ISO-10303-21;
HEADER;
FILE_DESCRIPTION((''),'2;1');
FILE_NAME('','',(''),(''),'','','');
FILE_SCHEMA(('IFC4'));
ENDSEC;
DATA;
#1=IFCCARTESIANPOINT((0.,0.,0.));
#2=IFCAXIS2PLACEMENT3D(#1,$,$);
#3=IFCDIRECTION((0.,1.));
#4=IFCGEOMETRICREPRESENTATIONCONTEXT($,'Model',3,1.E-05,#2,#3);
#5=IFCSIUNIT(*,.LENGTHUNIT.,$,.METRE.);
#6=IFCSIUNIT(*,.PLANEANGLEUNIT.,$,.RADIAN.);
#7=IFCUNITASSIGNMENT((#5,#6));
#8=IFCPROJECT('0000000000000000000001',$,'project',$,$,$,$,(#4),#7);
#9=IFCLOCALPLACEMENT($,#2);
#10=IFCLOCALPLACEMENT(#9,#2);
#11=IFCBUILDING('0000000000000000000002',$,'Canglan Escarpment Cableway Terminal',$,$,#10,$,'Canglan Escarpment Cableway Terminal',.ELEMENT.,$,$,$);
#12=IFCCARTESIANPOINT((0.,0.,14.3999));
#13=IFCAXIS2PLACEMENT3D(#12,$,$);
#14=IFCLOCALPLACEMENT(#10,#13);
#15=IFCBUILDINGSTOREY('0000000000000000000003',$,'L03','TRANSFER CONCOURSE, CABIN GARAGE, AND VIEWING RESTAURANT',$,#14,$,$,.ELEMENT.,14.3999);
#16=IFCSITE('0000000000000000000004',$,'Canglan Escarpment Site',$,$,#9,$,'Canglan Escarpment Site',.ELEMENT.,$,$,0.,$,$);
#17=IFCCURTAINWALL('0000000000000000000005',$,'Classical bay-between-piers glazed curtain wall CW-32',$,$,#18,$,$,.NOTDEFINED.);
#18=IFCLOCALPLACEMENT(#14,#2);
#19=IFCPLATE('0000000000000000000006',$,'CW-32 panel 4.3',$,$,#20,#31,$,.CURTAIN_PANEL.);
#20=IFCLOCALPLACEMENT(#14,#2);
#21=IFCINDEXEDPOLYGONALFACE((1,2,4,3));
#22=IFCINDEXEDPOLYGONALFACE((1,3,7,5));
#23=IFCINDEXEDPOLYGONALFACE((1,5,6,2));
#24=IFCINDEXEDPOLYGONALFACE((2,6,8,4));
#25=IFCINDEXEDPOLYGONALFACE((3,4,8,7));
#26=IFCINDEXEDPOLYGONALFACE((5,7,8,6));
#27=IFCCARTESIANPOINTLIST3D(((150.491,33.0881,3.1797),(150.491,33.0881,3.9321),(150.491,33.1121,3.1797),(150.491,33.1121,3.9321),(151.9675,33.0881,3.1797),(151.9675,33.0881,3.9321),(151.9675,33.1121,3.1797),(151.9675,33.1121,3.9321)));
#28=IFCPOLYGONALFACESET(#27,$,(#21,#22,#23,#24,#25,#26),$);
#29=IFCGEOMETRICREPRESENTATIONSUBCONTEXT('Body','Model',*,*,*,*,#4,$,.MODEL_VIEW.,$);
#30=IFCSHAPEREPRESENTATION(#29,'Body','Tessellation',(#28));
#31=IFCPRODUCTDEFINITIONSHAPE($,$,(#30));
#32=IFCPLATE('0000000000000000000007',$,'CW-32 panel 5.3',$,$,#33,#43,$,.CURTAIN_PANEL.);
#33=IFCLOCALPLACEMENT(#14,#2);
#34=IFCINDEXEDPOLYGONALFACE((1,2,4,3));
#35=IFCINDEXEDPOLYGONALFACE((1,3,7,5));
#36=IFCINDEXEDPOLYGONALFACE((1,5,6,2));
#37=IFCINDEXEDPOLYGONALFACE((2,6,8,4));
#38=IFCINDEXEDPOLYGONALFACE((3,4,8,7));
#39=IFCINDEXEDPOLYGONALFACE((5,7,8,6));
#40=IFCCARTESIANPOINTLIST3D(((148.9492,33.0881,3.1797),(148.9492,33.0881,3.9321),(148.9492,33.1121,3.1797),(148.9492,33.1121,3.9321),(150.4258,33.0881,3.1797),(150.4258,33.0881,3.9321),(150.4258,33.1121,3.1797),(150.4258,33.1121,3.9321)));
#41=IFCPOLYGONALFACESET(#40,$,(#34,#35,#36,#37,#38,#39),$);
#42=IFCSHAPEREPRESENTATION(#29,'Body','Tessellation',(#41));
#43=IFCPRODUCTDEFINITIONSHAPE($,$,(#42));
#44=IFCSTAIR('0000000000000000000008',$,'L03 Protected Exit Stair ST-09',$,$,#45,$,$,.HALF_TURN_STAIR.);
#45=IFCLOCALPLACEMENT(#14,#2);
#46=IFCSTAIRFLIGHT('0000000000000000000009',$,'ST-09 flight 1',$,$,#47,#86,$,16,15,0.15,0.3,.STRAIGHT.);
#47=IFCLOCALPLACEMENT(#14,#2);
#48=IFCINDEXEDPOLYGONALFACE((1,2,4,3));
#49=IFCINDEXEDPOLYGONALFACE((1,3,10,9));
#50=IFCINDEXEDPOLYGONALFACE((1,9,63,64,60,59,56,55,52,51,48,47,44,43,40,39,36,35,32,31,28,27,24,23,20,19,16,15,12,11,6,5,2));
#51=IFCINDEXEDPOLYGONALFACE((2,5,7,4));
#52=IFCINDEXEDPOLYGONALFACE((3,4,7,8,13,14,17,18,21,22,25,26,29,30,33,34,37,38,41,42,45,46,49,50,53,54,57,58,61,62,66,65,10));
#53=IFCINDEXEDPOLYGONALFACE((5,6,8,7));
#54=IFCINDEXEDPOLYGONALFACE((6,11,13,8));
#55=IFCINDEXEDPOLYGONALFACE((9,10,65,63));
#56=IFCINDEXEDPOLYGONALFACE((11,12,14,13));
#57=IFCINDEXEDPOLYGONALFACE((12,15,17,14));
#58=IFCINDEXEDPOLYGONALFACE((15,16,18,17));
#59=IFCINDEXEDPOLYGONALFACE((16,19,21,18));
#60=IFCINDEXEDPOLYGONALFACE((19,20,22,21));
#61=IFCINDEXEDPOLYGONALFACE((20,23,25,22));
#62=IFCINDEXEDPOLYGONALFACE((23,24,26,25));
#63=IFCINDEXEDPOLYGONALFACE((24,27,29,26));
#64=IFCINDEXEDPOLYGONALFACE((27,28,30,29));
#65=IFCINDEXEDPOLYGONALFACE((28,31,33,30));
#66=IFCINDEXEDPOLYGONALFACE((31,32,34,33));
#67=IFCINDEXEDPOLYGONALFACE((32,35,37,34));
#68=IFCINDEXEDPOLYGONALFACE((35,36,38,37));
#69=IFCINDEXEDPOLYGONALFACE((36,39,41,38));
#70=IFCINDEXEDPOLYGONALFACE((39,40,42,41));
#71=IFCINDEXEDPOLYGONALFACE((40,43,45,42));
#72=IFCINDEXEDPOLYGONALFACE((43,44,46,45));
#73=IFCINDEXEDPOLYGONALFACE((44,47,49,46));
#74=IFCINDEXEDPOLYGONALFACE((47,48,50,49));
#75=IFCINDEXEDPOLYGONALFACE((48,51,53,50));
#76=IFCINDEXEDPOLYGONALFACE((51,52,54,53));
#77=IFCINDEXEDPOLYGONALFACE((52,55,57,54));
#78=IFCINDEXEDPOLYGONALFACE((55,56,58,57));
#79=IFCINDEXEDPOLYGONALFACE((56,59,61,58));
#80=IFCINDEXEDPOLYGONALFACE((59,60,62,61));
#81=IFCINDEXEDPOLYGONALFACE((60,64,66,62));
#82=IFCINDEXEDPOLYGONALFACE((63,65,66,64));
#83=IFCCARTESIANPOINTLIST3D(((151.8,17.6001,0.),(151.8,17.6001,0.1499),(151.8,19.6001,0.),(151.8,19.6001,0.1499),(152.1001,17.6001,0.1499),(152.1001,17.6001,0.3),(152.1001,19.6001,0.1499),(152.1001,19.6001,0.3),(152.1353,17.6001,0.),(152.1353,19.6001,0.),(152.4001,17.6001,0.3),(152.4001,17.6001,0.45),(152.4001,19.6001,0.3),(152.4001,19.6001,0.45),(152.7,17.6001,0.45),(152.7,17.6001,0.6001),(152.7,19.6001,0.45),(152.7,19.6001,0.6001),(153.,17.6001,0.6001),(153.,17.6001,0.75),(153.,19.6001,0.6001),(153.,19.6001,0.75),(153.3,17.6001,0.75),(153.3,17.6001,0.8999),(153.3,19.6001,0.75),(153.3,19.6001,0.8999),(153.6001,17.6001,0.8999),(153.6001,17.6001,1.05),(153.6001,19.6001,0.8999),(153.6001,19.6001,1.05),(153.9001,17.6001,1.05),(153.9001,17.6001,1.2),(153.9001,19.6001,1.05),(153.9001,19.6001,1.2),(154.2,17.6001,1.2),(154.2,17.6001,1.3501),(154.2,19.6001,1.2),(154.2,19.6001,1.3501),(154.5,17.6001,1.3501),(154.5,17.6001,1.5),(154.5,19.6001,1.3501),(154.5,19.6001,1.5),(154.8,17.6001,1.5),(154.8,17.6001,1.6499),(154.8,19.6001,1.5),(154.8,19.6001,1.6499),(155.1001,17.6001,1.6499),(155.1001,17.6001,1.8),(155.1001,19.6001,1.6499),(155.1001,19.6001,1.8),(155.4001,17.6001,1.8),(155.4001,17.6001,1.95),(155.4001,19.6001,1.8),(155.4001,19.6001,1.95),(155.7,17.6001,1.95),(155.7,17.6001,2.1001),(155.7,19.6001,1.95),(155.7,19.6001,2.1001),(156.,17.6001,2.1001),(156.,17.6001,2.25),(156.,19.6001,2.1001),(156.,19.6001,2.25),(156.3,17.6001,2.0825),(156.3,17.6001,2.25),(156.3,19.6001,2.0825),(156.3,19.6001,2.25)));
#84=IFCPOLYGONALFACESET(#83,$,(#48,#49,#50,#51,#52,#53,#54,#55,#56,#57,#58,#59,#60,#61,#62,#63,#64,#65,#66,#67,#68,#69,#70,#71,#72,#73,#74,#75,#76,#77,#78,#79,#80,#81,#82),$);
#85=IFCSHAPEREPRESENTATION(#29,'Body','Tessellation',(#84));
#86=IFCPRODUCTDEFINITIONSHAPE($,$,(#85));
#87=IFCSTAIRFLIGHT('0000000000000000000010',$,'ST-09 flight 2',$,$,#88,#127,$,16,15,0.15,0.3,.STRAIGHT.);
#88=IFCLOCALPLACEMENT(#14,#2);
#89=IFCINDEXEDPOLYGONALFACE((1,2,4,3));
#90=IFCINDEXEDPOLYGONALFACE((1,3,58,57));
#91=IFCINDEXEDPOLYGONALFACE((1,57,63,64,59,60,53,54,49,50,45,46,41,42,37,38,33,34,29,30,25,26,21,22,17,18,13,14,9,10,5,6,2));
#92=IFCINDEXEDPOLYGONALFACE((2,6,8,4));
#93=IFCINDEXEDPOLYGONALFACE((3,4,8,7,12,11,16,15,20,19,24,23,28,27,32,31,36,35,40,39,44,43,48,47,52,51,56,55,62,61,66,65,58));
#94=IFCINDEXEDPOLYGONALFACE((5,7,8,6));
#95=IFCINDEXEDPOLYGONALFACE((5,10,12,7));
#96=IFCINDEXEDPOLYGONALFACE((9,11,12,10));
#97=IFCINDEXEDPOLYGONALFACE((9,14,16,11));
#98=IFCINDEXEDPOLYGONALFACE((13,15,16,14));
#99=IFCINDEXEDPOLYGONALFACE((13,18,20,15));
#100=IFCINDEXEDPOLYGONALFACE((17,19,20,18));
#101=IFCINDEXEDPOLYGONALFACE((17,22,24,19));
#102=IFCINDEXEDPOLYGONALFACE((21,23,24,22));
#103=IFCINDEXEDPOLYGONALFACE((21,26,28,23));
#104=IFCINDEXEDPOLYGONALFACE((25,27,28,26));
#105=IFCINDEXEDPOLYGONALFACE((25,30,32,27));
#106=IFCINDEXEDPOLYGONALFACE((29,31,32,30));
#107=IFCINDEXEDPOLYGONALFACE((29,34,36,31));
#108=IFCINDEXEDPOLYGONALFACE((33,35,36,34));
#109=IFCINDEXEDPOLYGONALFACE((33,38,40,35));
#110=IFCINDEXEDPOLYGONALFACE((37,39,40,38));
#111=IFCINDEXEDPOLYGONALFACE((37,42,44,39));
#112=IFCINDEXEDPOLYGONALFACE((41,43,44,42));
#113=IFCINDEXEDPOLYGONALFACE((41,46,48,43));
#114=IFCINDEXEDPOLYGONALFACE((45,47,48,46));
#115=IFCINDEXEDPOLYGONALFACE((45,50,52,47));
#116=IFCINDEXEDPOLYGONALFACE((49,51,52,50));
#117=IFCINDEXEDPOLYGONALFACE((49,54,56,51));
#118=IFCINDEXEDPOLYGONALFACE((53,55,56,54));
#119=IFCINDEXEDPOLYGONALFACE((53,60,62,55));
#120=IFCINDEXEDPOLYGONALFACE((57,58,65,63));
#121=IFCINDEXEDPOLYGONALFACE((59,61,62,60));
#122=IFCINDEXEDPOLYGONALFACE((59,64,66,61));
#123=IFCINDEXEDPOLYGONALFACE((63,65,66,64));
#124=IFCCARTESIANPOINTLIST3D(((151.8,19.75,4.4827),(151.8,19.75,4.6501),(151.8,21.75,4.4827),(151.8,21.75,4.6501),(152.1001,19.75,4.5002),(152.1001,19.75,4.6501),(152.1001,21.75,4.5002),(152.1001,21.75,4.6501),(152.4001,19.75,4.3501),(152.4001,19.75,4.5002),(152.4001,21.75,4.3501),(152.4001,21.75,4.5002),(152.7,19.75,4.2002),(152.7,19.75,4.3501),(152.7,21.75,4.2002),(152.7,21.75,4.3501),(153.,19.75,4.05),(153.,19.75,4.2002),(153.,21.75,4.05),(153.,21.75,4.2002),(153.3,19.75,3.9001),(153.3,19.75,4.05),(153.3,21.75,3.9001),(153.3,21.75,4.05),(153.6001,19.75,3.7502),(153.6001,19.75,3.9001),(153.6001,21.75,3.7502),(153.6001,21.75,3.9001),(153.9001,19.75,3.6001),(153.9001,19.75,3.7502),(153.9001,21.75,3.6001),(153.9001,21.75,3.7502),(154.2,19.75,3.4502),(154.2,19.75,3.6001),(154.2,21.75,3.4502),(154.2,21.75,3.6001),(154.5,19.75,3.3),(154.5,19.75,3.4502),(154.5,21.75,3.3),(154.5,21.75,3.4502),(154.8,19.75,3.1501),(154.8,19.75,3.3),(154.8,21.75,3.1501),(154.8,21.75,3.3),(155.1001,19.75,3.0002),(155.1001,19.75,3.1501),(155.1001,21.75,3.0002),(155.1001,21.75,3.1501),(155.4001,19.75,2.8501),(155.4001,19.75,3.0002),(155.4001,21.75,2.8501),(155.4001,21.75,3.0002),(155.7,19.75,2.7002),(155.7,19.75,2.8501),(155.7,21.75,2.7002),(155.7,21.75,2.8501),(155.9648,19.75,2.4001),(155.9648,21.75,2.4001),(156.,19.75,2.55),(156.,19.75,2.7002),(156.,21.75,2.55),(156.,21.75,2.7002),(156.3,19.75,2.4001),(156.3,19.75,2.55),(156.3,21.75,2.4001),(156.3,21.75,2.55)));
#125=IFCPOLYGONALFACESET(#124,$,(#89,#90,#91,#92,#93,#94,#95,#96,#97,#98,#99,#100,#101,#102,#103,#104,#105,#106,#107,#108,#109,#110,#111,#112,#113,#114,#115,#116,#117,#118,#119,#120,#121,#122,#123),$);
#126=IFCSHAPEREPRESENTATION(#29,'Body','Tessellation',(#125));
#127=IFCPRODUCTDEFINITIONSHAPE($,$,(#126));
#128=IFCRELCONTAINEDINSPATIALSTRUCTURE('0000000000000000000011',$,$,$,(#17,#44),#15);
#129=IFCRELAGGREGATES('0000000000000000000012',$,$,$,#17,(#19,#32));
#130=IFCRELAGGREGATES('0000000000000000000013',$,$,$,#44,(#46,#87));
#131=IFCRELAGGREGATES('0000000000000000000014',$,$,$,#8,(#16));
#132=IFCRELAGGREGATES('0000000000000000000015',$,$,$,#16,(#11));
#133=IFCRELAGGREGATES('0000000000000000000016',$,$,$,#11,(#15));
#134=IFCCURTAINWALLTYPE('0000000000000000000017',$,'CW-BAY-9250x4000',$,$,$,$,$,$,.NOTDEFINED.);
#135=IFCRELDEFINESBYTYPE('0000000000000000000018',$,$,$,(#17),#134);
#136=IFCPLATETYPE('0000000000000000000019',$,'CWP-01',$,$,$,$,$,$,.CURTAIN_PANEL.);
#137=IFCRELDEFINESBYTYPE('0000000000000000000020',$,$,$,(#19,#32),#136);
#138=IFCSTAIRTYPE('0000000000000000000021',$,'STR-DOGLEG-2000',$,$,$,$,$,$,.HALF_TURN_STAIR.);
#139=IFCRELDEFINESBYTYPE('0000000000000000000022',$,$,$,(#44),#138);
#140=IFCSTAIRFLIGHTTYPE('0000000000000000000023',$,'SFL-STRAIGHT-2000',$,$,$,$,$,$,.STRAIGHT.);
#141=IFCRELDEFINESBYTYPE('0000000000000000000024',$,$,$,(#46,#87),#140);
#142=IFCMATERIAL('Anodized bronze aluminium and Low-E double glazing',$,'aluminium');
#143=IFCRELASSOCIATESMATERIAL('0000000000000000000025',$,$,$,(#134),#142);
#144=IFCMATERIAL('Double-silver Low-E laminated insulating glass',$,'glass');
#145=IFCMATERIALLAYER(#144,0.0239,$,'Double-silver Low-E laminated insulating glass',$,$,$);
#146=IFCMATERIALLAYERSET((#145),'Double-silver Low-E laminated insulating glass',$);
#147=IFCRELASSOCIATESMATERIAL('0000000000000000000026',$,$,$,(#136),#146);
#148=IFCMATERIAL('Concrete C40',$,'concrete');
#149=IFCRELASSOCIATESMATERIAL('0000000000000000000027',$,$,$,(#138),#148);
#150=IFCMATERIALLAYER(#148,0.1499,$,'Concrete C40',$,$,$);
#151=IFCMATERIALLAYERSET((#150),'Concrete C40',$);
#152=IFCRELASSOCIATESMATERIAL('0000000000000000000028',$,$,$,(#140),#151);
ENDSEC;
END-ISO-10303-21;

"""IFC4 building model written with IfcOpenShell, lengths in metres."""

from ifc_helpers import new_model, si_unit, direction, frame, origin, origin_2d, place, context, subcontext, project, spatial, polyline, rectangle, outline, extrude, material, layer, layer_set, type_object, element, aggregate, save


model = new_model("IFC4")

# Units and contexts
model_context = context("Model", 3, precision=1e-05, world=origin(), true_north=direction((0.0, 1.0)))
body_context = subcontext(model_context, "Body", "Model", "MODEL_VIEW")
ifc_project = project(units=[si_unit("LENGTHUNIT", "METRE"), si_unit("PLANEANGLEUNIT", "RADIAN")], contexts=[model_context])

# Site, building, storey
site_placement = place(None, origin())
site = spatial("IfcSite", under=ifc_project, at=site_placement, Name="Canglan Escarpment Site", LongName="Canglan Escarpment Site", CompositionType="ELEMENT", RefElevation=0.0)
building_placement = place(site_placement, origin())
building = spatial("IfcBuilding", under=site, at=building_placement, Name="Canglan Escarpment Cableway Terminal", LongName="Canglan Escarpment Cableway Terminal", CompositionType="ELEMENT")
storey_placement = place(building_placement, frame((0.0, 0.0, 14.3999)))
storey = spatial("IfcBuildingStorey", under=building, at=storey_placement, Name="L03", Description="TRANSFER CONCOURSE, CABIN GARAGE, AND VIEWING RESTAURANT", CompositionType="ELEMENT", Elevation=14.3999)

# Curtain wall, plates
ifc_material_1 = material(Name="Anodized bronze aluminium and Low-E double glazing", Category="aluminium")
curtain_wall_type = type_object("IfcCurtainWallType", Name="CW-BAY-9250x4000", PredefinedType="NOTDEFINED", material=ifc_material_1)
curtain_wall_placement = place(storey_placement, origin())
curtain_wall = element("IfcCurtainWall", 1, at=curtain_wall_placement, inside=storey, type_object=curtain_wall_type, Name="Classical bay-between-piers glazed curtain wall CW-32", PredefinedType="NOTDEFINED")
ifc_material_2 = material(Name="Double-silver Low-E laminated insulating glass", Category="glass")
ifc_layer_1 = layer(ifc_material_2, 0.0239, Name="Double-silver Low-E laminated insulating glass")
ifc_layer_set_1 = layer_set([ifc_layer_1], Name="Double-silver Low-E laminated insulating glass")
plate_type = type_object("IfcPlateType", Name="CWP-01", PredefinedType="CURTAIN_PANEL", material=ifc_layer_set_1)
plate_1_placement = place(storey_placement, frame((151.2292, 33.1001, 3.1797), z_axis=(0.0, 0.0, 1.0), x_axis=(-1.0, 0.0, 0.0)))
plate_1 = element("IfcPlate", 2, at=plate_1_placement, type_object=plate_type, Name="CW-32 panel 4.3", PredefinedType="CURTAIN_PANEL", context=body_context, shape_type="SweptSolid", body=[
    extrude(rectangle(XDim=1.4766, YDim=0.0239, at=origin_2d()), origin(), (0.0, 0.0, 1.0), 0.7524),
])
plate_2_placement = place(storey_placement, frame((149.6875, 33.1001, 3.1797), z_axis=(0.0, 0.0, 1.0), x_axis=(-1.0, 0.0, 0.0)))
plate_2 = element("IfcPlate", 3, at=plate_2_placement, type_object=plate_type, Name="CW-32 panel 5.3", PredefinedType="CURTAIN_PANEL", context=body_context, shape_type="SweptSolid", body=[
    extrude(rectangle(XDim=1.4766, YDim=0.0239, at=origin_2d()), origin(), (0.0, 0.0, 1.0), 0.7524),
])
aggregate(curtain_wall, [plate_1, plate_2])

# Stair, stair flights
ifc_material_3 = material(Name="Concrete C40", Category="concrete")
stair_type = type_object("IfcStairType", Name="STR-DOGLEG-2000", PredefinedType="HALF_TURN_STAIR", material=ifc_material_3)
stair_placement = place(storey_placement, origin())
stair = element("IfcStair", 4, at=stair_placement, inside=storey, type_object=stair_type, Name="L03 Protected Exit Stair ST-09", PredefinedType="HALF_TURN_STAIR")
ifc_layer_2 = layer(ifc_material_3, 0.1499, Name="Concrete C40")
ifc_layer_set_2 = layer_set([ifc_layer_2], Name="Concrete C40")
stair_flight_type = type_object("IfcStairFlightType", Name="SFL-STRAIGHT-2000", PredefinedType="STRAIGHT", material=ifc_layer_set_2)
stair_flight_1_placement = place(storey_placement, frame((151.8, 18.6001, 0.0), z_axis=(0.0, 0.0, 1.0), x_axis=(1.0, 0.0, 0.0)))
stair_flight_1 = element("IfcStairFlight", 5, at=stair_flight_1_placement, type_object=stair_flight_type, Name="ST-09 flight 1", NumberOfRisers=16, NumberOfTreads=15, PredefinedType="STRAIGHT", RiserHeight=0.15, TreadLength=0.3, context=body_context, shape_type="SweptSolid", body=[
    extrude(outline(polyline([(0.0, 0.0), (0.0, 0.1499), (0.3, 0.1499), (0.3, 0.3), (0.6001, 0.3), (0.6001, 0.45), (0.8999, 0.45), (0.8999, 0.6001), (1.2, 0.6001), (1.2, 0.75), (1.5, 0.75), (1.5, 0.8999), (1.8, 0.8999), (1.8, 1.05), (2.1001, 1.05), (2.1001, 1.2), (2.3999, 1.2), (2.3999, 1.3501), (2.7, 1.3501), (2.7, 1.5), (3.0, 1.5), (3.0, 1.6499), (3.3, 1.6499), (3.3, 1.8), (3.6001, 1.8), (3.6001, 1.95), (3.8999, 1.95), (3.8999, 2.1001), (4.2, 2.1001), (4.2, 2.25), (4.5, 2.25), (4.5, 2.3999), (4.5, 2.0825), (0.3352, 0.0), (0.0, 0.0)])), frame((0.0, 1.0, 0.0), z_axis=(0.0, -1.0, 0.0), x_axis=(1.0, 0.0, 0.0)), (0.0, 0.0, 1.0), 2.0),
])
stair_flight_2_placement = place(storey_placement, frame((156.3, 20.75, 2.4001), z_axis=(0.0, 0.0, 1.0), x_axis=(-1.0, 0.0, 0.0)))
stair_flight_2 = element("IfcStairFlight", 6, at=stair_flight_2_placement, type_object=stair_flight_type, Name="ST-09 flight 2", NumberOfRisers=16, NumberOfTreads=15, PredefinedType="STRAIGHT", RiserHeight=0.15, TreadLength=0.3, context=body_context, shape_type="SweptSolid", body=[
    extrude(outline(polyline([(0.0, 0.0), (0.0, 0.1499), (0.3, 0.1499), (0.3, 0.3), (0.6001, 0.3), (0.6001, 0.45), (0.8999, 0.45), (0.8999, 0.6001), (1.2, 0.6001), (1.2, 0.75), (1.5, 0.75), (1.5, 0.8999), (1.8, 0.8999), (1.8, 1.05), (2.1001, 1.05), (2.1001, 1.2), (2.3999, 1.2), (2.3999, 1.3501), (2.7, 1.3501), (2.7, 1.5), (3.0, 1.5), (3.0, 1.6499), (3.3, 1.6499), (3.3, 1.8), (3.6001, 1.8), (3.6001, 1.95), (3.8999, 1.95), (3.8999, 2.1001), (4.2, 2.1001), (4.2, 2.25), (4.5, 2.25), (4.5, 2.3999), (4.5, 2.0825), (0.3352, 0.0), (0.0, 0.0)])), frame((0.0, 1.0, 0.0), z_axis=(0.0, -1.0, 0.0), x_axis=(1.0, 0.0, 0.0)), (0.0, 0.0, 1.0), 2.0),
])
aggregate(stair, [stair_flight_1, stair_flight_2])

save(model, "model.ifc")
